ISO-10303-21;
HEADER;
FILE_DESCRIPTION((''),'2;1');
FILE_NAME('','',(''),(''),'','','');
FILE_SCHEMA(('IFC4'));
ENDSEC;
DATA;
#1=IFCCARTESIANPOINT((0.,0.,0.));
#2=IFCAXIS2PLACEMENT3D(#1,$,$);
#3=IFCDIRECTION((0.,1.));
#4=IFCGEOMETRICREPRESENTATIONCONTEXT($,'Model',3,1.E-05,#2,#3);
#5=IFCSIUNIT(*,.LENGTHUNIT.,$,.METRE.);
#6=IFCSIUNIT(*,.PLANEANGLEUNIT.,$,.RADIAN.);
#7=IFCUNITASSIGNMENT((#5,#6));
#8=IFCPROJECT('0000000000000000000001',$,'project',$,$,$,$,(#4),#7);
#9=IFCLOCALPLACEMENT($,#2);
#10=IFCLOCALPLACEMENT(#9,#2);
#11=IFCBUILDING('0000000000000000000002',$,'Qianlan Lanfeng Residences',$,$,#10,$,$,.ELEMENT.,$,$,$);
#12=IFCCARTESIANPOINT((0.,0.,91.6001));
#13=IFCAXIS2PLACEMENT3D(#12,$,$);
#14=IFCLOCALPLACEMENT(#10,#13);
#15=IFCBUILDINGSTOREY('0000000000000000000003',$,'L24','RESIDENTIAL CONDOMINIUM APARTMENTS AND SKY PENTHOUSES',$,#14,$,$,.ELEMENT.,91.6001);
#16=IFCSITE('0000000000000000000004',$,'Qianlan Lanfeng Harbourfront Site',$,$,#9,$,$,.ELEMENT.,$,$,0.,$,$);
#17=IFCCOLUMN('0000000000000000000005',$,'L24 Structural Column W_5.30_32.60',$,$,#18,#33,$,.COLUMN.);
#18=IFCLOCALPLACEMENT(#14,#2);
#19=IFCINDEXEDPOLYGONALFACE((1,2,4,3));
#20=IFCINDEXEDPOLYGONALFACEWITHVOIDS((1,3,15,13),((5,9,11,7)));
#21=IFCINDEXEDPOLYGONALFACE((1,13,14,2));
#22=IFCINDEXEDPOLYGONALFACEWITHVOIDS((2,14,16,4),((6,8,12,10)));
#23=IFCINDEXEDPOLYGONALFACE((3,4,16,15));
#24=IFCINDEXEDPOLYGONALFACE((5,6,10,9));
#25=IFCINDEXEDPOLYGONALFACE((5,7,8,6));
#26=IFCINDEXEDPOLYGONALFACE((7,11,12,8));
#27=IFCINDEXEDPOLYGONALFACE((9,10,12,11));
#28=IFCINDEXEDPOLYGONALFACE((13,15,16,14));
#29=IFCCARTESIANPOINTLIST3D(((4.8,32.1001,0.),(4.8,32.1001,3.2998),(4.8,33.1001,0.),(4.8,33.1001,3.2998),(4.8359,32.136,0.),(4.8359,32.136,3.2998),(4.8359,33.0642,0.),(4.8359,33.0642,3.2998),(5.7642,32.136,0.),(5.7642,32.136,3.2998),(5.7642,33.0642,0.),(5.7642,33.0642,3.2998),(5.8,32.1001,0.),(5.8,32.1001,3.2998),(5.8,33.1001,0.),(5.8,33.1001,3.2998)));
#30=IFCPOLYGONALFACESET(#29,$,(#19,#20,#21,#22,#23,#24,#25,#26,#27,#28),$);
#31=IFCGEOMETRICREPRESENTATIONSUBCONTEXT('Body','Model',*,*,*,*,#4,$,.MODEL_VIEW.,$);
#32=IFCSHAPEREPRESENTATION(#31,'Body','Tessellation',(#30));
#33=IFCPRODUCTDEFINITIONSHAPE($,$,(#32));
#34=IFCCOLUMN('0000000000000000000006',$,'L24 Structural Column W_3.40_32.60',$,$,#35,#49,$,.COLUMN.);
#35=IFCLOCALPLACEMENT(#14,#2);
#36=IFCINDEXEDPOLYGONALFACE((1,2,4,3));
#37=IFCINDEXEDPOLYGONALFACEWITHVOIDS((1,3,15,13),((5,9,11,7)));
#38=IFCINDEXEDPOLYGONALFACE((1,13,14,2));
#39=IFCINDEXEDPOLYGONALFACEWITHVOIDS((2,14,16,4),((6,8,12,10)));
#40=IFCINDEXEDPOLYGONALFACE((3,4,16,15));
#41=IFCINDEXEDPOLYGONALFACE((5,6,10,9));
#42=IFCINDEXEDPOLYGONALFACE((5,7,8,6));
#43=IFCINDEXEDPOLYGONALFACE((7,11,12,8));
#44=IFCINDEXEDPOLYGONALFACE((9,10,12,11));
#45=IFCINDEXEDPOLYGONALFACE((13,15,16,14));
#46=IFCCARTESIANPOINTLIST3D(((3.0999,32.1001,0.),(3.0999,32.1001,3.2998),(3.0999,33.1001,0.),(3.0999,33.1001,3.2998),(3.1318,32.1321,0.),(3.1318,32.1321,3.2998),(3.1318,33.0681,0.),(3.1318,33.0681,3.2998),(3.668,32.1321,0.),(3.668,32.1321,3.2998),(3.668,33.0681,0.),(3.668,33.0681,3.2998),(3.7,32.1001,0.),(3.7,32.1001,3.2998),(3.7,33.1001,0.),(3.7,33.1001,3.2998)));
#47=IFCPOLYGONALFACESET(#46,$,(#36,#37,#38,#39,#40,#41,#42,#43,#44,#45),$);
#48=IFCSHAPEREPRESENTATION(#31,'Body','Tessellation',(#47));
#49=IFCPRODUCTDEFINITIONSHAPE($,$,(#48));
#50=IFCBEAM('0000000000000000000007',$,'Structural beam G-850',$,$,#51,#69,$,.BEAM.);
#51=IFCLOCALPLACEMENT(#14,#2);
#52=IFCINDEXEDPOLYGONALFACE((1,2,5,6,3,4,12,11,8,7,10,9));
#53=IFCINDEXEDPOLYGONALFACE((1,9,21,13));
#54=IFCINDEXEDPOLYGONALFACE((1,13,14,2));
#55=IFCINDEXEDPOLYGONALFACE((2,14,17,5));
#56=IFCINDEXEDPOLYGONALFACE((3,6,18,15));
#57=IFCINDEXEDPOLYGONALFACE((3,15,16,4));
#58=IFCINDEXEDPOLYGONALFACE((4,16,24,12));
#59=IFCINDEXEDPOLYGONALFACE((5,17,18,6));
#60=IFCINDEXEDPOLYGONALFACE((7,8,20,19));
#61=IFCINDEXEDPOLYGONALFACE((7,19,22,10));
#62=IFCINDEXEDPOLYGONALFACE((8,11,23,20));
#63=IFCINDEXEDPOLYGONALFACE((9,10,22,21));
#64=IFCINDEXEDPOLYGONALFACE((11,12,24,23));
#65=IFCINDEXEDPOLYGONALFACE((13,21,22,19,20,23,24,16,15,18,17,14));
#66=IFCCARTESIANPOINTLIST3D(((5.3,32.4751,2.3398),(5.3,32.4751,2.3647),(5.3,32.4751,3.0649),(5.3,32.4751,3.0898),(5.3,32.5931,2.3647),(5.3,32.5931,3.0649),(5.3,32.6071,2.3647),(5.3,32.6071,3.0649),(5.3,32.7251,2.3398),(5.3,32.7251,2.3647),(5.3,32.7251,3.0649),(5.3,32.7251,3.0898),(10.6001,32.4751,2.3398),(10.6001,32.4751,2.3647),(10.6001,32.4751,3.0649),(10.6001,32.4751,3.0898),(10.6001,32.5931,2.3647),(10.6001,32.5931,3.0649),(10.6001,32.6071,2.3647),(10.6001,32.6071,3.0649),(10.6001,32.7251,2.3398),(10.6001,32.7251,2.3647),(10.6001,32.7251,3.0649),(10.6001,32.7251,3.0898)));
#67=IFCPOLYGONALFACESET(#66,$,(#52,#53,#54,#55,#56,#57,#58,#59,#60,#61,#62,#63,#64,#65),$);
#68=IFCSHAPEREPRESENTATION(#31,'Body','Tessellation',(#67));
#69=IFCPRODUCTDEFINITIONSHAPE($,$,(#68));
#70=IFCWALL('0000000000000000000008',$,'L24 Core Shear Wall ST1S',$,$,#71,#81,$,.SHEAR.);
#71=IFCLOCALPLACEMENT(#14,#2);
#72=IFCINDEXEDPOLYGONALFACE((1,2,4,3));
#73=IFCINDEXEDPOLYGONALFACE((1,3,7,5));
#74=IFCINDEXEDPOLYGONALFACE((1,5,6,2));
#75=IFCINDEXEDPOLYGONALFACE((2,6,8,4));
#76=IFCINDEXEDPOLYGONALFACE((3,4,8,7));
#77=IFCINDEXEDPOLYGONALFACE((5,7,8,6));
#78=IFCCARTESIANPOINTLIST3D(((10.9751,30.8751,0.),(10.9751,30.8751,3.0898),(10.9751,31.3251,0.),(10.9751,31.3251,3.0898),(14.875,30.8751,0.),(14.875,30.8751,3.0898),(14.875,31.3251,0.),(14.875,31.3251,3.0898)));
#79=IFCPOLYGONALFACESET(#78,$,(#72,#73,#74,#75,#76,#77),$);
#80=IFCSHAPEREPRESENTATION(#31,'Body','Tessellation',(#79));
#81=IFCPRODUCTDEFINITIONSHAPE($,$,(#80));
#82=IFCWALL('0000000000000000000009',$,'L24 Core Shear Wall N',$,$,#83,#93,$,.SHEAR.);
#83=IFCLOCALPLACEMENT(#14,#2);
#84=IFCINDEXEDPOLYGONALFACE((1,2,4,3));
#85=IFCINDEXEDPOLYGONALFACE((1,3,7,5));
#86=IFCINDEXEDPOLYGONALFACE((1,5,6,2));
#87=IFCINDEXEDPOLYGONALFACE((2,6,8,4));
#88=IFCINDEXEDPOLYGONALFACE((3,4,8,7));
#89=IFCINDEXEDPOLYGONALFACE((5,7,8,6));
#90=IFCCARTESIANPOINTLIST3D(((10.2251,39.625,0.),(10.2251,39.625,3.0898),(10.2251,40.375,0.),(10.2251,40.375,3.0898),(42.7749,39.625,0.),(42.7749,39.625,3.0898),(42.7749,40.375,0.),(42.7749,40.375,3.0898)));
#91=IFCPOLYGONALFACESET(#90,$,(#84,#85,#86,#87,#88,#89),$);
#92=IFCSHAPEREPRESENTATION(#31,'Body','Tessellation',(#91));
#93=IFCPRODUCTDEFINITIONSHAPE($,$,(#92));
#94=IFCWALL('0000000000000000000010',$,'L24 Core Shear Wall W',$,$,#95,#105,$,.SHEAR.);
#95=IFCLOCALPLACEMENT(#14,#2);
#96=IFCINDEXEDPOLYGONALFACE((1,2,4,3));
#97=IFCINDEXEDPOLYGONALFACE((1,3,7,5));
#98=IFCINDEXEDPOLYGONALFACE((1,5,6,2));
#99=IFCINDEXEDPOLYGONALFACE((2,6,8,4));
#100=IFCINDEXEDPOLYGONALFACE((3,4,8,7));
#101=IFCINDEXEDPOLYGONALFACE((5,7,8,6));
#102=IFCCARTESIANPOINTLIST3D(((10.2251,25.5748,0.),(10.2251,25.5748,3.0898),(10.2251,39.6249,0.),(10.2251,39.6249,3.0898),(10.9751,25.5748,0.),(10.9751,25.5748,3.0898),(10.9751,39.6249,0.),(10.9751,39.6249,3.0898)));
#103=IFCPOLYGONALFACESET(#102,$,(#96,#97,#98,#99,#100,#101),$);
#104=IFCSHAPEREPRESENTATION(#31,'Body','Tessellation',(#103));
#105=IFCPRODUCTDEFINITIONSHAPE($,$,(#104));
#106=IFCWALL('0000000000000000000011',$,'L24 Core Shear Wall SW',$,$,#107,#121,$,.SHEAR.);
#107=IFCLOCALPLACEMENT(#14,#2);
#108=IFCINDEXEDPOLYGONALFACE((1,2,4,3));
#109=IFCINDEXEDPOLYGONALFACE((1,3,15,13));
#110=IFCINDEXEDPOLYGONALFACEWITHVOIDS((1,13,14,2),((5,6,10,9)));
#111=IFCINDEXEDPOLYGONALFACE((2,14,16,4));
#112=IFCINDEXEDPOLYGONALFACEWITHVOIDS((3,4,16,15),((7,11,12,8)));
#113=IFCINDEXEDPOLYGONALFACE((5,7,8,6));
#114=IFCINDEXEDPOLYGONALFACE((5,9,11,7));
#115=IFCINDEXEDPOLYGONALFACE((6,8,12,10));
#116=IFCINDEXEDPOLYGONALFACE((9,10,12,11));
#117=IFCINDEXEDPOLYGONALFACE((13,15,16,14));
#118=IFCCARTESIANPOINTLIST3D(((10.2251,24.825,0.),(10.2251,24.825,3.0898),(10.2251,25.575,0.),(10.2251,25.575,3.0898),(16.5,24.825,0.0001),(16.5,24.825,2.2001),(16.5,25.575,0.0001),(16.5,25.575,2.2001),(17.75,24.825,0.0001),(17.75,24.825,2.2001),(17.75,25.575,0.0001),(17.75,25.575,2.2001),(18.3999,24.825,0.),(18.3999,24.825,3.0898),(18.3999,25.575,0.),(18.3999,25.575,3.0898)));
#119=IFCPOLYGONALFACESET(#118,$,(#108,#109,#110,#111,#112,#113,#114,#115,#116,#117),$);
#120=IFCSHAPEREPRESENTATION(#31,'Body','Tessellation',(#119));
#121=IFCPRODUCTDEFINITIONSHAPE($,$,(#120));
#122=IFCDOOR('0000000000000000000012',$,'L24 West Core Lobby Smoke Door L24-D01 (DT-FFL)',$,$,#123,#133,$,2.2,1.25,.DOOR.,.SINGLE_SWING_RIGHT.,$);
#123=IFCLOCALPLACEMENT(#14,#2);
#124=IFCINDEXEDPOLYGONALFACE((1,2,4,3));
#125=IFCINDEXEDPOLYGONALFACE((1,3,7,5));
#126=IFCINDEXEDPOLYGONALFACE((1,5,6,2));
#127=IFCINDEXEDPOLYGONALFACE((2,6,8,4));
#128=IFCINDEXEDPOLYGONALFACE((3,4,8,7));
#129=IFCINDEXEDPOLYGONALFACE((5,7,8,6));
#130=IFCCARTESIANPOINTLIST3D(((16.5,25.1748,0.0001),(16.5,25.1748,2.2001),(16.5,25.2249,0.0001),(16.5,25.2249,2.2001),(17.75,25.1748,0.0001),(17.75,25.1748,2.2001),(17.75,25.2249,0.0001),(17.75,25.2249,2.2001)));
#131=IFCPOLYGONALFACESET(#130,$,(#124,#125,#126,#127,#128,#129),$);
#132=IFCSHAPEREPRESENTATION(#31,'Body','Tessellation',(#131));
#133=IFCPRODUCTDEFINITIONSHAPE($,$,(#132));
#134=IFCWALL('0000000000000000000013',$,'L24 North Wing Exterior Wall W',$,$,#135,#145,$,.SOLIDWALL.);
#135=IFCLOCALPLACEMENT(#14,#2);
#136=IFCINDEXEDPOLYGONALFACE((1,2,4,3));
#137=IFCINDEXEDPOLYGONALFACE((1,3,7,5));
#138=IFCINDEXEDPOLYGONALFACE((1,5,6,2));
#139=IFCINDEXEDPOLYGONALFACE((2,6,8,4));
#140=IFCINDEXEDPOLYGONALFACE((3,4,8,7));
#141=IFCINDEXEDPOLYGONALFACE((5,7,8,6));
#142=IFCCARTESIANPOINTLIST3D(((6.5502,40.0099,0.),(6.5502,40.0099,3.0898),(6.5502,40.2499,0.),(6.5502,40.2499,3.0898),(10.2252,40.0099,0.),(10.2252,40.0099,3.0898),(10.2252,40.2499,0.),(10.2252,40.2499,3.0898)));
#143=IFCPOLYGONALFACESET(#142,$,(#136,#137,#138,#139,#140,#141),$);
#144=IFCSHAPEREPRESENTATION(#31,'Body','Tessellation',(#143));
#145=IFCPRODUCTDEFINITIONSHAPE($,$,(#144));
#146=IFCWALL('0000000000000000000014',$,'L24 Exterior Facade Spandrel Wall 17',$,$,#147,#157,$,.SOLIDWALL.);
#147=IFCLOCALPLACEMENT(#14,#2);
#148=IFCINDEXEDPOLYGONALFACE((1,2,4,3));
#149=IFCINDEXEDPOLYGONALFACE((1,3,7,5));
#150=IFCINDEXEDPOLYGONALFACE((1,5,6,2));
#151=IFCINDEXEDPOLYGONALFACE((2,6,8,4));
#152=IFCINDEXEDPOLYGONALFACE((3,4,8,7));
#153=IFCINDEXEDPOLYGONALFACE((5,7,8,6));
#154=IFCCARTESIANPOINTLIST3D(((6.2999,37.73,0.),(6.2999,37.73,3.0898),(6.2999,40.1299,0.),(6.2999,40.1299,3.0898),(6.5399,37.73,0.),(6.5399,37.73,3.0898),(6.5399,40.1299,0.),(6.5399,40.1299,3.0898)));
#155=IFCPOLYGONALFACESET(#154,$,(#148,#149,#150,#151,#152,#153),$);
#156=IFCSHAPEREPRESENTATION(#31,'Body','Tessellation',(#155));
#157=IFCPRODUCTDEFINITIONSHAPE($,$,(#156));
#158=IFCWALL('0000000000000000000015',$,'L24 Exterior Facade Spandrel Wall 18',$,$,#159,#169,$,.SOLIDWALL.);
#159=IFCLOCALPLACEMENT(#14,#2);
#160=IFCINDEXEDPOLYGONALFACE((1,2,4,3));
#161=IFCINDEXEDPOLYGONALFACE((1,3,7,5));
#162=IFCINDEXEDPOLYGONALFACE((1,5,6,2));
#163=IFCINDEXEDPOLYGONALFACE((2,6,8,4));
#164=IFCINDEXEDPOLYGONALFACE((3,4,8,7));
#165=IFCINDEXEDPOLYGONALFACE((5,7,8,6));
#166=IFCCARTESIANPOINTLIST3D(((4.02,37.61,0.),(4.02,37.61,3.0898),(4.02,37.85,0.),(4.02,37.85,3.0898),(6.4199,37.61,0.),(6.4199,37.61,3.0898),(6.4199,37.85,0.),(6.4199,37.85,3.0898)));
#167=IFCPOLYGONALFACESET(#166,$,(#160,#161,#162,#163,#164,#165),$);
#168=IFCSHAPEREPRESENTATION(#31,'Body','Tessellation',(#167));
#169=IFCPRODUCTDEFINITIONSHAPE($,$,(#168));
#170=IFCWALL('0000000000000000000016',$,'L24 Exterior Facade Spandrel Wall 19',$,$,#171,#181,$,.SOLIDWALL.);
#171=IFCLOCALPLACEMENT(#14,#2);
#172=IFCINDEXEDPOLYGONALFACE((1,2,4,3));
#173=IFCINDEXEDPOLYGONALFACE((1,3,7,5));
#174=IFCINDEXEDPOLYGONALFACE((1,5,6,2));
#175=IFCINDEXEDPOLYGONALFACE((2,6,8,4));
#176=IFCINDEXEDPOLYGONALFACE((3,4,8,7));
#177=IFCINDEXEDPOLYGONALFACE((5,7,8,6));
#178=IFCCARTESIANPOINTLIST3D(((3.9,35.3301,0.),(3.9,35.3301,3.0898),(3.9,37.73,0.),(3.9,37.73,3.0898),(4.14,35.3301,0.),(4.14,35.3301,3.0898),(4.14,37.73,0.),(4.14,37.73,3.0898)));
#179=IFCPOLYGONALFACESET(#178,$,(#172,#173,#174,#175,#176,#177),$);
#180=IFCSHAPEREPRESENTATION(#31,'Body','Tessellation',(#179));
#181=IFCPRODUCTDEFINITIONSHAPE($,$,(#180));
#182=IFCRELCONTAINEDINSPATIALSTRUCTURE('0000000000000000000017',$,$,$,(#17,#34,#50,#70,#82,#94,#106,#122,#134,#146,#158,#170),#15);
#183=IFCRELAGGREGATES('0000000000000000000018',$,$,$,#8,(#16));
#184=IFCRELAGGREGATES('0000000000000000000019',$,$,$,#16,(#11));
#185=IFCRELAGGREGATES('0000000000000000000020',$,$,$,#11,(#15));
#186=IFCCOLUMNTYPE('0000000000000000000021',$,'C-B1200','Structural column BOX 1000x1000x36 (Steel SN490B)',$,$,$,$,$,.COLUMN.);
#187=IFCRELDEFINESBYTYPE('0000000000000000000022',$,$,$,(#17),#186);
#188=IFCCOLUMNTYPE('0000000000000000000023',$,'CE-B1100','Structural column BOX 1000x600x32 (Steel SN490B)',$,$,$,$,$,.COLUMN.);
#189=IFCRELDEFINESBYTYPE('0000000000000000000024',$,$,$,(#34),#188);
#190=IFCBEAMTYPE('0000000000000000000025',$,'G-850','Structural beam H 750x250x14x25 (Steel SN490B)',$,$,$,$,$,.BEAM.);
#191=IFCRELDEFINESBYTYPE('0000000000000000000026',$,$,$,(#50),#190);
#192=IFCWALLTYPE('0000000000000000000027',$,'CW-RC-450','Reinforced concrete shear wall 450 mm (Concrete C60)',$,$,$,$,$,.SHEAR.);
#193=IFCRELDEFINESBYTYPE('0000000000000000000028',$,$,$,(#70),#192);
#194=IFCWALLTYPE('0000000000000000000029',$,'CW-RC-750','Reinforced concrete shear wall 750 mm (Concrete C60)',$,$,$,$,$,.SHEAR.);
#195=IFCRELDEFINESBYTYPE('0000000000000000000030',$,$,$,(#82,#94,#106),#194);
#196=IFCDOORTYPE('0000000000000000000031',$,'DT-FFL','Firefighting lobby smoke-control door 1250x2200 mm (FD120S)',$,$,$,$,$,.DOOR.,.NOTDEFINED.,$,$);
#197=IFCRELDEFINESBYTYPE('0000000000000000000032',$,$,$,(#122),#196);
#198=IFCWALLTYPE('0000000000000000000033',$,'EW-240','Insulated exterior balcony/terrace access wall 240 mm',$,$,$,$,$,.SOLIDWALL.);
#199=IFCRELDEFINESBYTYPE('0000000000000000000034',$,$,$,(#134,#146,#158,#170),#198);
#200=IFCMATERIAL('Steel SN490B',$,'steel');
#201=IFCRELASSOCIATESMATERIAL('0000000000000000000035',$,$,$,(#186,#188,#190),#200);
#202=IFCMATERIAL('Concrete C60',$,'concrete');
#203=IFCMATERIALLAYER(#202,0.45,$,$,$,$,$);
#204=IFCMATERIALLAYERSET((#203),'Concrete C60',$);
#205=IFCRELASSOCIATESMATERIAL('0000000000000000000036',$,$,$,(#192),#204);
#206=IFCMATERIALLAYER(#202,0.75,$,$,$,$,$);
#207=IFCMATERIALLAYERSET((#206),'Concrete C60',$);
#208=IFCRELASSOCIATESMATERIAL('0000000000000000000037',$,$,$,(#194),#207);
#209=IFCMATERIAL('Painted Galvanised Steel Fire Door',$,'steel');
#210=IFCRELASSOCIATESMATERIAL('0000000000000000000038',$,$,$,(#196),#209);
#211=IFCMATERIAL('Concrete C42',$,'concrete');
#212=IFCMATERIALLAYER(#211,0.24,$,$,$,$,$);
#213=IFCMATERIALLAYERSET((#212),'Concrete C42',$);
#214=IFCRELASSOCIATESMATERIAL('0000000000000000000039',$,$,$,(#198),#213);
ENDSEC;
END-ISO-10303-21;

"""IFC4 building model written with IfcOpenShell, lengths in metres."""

from ifc_helpers import new_model, si_unit, direction, frame, frame_2d, origin, origin_2d, place, context, subcontext, project, spatial, rectangle, hollow_rectangle, i_section, extrude, material, layer, layer_set, material_profile, profile_set, type_object, element, fill, save


model = new_model("IFC4")

# Units and contexts
model_context = context("Model", 3, precision=1e-05, world=origin(), true_north=direction((0.0, 1.0)))
body_context = subcontext(model_context, "Body", "Model", "MODEL_VIEW")
ifc_project = project(units=[si_unit("LENGTHUNIT", "METRE"), si_unit("PLANEANGLEUNIT", "RADIAN")], contexts=[model_context])

# Site, building, storey
site_placement = place(None, origin())
site = spatial("IfcSite", under=ifc_project, at=site_placement, Name="Qianlan Lanfeng Harbourfront Site", CompositionType="ELEMENT", RefElevation=0.0)
building_placement = place(site_placement, origin())
building = spatial("IfcBuilding", under=site, at=building_placement, Name="Qianlan Lanfeng Residences", CompositionType="ELEMENT")
storey_placement = place(building_placement, frame((0.0, 0.0, 91.6001)))
storey = spatial("IfcBuildingStorey", under=building, at=storey_placement, Name="L24", Description="RESIDENTIAL CONDOMINIUM APARTMENTS AND SKY PENTHOUSES", CompositionType="ELEMENT", Elevation=91.6001)

# Columns
ifc_material_1 = material(Name="Steel SN490B", Category="steel")
ifc_material_profile_1 = material_profile(ifc_material_1, hollow_rectangle(XDim=1.0, YDim=1.0, WallThickness=0.0359, at=origin_2d()), Name="BOX 1000x1000x36")
ifc_profile_set_1 = profile_set([ifc_material_profile_1], Name="Steel SN490B")
column_type_1 = type_object("IfcColumnType", Name="C-B1200", Description="Structural column BOX 1000x1000x36 (Steel SN490B)", PredefinedType="COLUMN", material=ifc_profile_set_1)
column_1_placement = place(storey_placement, frame((5.3, 32.6001, 0.0), z_axis=(0.0, 0.0, 1.0), x_axis=(1.0, 0.0, 0.0)))
element("IfcColumn", 1, at=column_1_placement, inside=storey, type_object=column_type_1, Name="L24 Structural Column W_5.30_32.60", PredefinedType="COLUMN", context=body_context, shape_type="SweptSolid", body=[
    extrude(hollow_rectangle(XDim=1.0, YDim=1.0, WallThickness=0.0359, at=origin_2d()), origin(), (0.0, 0.0, 1.0), 3.2998),
])
ifc_material_profile_2 = material_profile(ifc_material_1, hollow_rectangle(XDim=0.6001, YDim=1.0, WallThickness=0.032, at=origin_2d()), Name="BOX 1000x600x32")
ifc_profile_set_2 = profile_set([ifc_material_profile_2], Name="Steel SN490B")
column_type_2 = type_object("IfcColumnType", Name="CE-B1100", Description="Structural column BOX 1000x600x32 (Steel SN490B)", PredefinedType="COLUMN", material=ifc_profile_set_2)
column_2_placement = place(storey_placement, frame((3.3999, 32.6001, 0.0), z_axis=(0.0, 0.0, 1.0), x_axis=(1.0, 0.0, 0.0)))
element("IfcColumn", 2, at=column_2_placement, inside=storey, type_object=column_type_2, Name="L24 Structural Column W_3.40_32.60", PredefinedType="COLUMN", context=body_context, shape_type="SweptSolid", body=[
    extrude(hollow_rectangle(XDim=0.6001, YDim=1.0, WallThickness=0.032, at=origin_2d()), origin(), (0.0, 0.0, 1.0), 3.2998),
])

# Beam
ifc_material_profile_3 = material_profile(ifc_material_1, i_section(OverallWidth=0.25, OverallDepth=0.75, WebThickness=0.0139, FlangeThickness=0.0249, at=origin_2d()), Name="H 750x250x14x25")
ifc_profile_set_3 = profile_set([ifc_material_profile_3], Name="Steel SN490B")
beam_type = type_object("IfcBeamType", Name="G-850", Description="Structural beam H 750x250x14x25 (Steel SN490B)", PredefinedType="BEAM", material=ifc_profile_set_3)
beam_placement = place(storey_placement, frame((5.3, 32.6001, 2.7148), z_axis=(1.0, 0.0, 0.0), x_axis=(0.0, 1.0, 0.0)))
element("IfcBeam", 3, at=beam_placement, inside=storey, type_object=beam_type, Name="Structural beam G-850", PredefinedType="BEAM", context=body_context, shape_type="SweptSolid", body=[
    extrude(i_section(OverallWidth=0.25, OverallDepth=0.75, WebThickness=0.0139, FlangeThickness=0.0249, at=origin_2d()), origin(), (0.0, 0.0, 1.0), 5.3),
])

# Walls
ifc_material_2 = material(Name="Concrete C60", Category="concrete")
ifc_layer_1 = layer(ifc_material_2, 0.45)
ifc_layer_set_1 = layer_set([ifc_layer_1], Name="Concrete C60")
wall_type_1 = type_object("IfcWallType", Name="CW-RC-450", Description="Reinforced concrete shear wall 450 mm (Concrete C60)", PredefinedType="SHEAR", material=ifc_layer_set_1)
wall_1_placement = place(storey_placement, frame((10.9751, 31.1001, 0.0), z_axis=(0.0, 0.0, 1.0), x_axis=(1.0, 0.0, 0.0)))
element("IfcWall", 4, at=wall_1_placement, inside=storey, type_object=wall_type_1, Name="L24 Core Shear Wall ST1S", PredefinedType="SHEAR", context=body_context, shape_type="SweptSolid", body=[
    extrude(rectangle(XDim=3.8999, YDim=0.45, at=frame_2d((1.95, 0.0))), origin(), (0.0, 0.0, 1.0), 3.0898),
])
ifc_layer_2 = layer(ifc_material_2, 0.75)
ifc_layer_set_2 = layer_set([ifc_layer_2], Name="Concrete C60")
wall_type_2 = type_object("IfcWallType", Name="CW-RC-750", Description="Reinforced concrete shear wall 750 mm (Concrete C60)", PredefinedType="SHEAR", material=ifc_layer_set_2)
wall_2_placement = place(storey_placement, frame((10.2251, 40.0, 0.0), z_axis=(0.0, 0.0, 1.0), x_axis=(1.0, 0.0, 0.0)))
element("IfcWall", 5, at=wall_2_placement, inside=storey, type_object=wall_type_2, Name="L24 Core Shear Wall N", PredefinedType="SHEAR", context=body_context, shape_type="SweptSolid", body=[
    extrude(rectangle(XDim=32.5498, YDim=0.75, at=frame_2d((16.2749, 0.0))), origin(), (0.0, 0.0, 1.0), 3.0898),
])
wall_3_placement = place(storey_placement, frame((10.6001, 25.575, 0.0), z_axis=(0.0, 0.0, 1.0), x_axis=(0.0, 1.0, 0.0)))
element("IfcWall", 6, at=wall_3_placement, inside=storey, type_object=wall_type_2, Name="L24 Core Shear Wall W", PredefinedType="SHEAR", context=body_context, shape_type="SweptSolid", body=[
    extrude(rectangle(XDim=14.05, YDim=0.75, at=frame_2d((7.0249, 0.0))), origin(), (0.0, 0.0, 1.0), 3.0898),
])

# Wall, opening, door
wall_4_placement = place(storey_placement, frame((10.2251, 25.2, 0.0), z_axis=(0.0, 0.0, 1.0), x_axis=(1.0, 0.0, 0.0)))
wall_4 = element("IfcWall", 7, at=wall_4_placement, inside=storey, type_object=wall_type_2, Name="L24 Core Shear Wall SW", PredefinedType="SHEAR", context=body_context, shape_type="SweptSolid", body=[
    extrude(rectangle(XDim=8.1748, YDim=0.75, at=frame_2d((4.0874, 0.0))), origin(), (0.0, 0.0, 1.0), 3.0898),
])
opening_1_placement = place(wall_4_placement, frame((6.2749, 0.0, 0.0)))
opening_1 = element("IfcOpeningElement", 8, at=opening_1_placement, cuts=wall_4, PredefinedType="OPENING", context=body_context, shape_type="SweptSolid", body=[
    extrude(rectangle(XDim=1.25, YDim=2.2, at=frame_2d((0.625, 1.1001))), frame((0.0, 0.385, 0.0), z_axis=(0.0, -1.0, 0.0), x_axis=(1.0, 0.0, 0.0)), (0.0, 0.0, 1.0), 0.77),
])
ifc_material_3 = material(Name="Painted Galvanised Steel Fire Door", Category="steel")
door_type_1 = type_object("IfcDoorType", Name="DT-FFL", Description="Firefighting lobby smoke-control door 1250x2200 mm (FD120S)", OperationType="NOTDEFINED", PredefinedType="DOOR", material=ifc_material_3)
door_1_placement = place(opening_1_placement, origin())
door_1 = element("IfcDoor", 9, at=door_1_placement, inside=storey, type_object=door_type_1, Name="L24 West Core Lobby Smoke Door L24-D01 (DT-FFL)", OperationType="SINGLE_SWING_RIGHT", OverallHeight=2.2, OverallWidth=1.25, PredefinedType="DOOR", context=body_context, shape_type="SweptSolid", body=[
    extrude(rectangle(XDim=1.25, YDim=2.2, at=frame_2d((0.625, 1.1001))), frame((0.0, 0.0249, 0.0), z_axis=(0.0, -1.0, 0.0), x_axis=(1.0, 0.0, 0.0)), (0.0, 0.0, 1.0), 0.05),
])
fill(opening_1, door_1)

# Walls
ifc_material_4 = material(Name="Concrete C42", Category="concrete")
ifc_layer_3 = layer(ifc_material_4, 0.24)
ifc_layer_set_3 = layer_set([ifc_layer_3], Name="Concrete C42")
wall_type_3 = type_object("IfcWallType", Name="EW-240", Description="Insulated exterior balcony/terrace access wall 240 mm", PredefinedType="SOLIDWALL", material=ifc_layer_set_3)
wall_5_placement = place(storey_placement, frame((10.2251, 40.1299, 0.0), z_axis=(0.0, 0.0, 1.0), x_axis=(-1.0, 0.0, 0.0)))
element("IfcWall", 10, at=wall_5_placement, inside=storey, type_object=wall_type_3, Name="L24 North Wing Exterior Wall W", PredefinedType="SOLIDWALL", context=body_context, shape_type="SweptSolid", body=[
    extrude(rectangle(XDim=3.675, YDim=0.24, at=frame_2d((1.8374, 0.0))), origin(), (0.0, 0.0, 1.0), 3.0898),
])
for number, where, z_axis, x_axis, name in (
    (11, (6.4199, 40.1299, 0.0), (0.0, 0.0, 1.0), (0.0, -1.0, 0.0), "L24 Exterior Facade Spandrel Wall 17"),
    (12, (6.4199, 37.73, 0.0), (0.0, 0.0, 1.0), (-1.0, 0.0, 0.0), "L24 Exterior Facade Spandrel Wall 18"),
    (13, (4.02, 37.73, 0.0), (0.0, 0.0, 1.0), (0.0, -1.0, 0.0), "L24 Exterior Facade Spandrel Wall 19"),
):
    element("IfcWall", number, at=place(storey_placement, frame(where, z_axis=z_axis, x_axis=x_axis)), inside=storey, type_object=wall_type_3, Name=name, PredefinedType="SOLIDWALL", context=body_context, shape_type="SweptSolid", body=[
        extrude(rectangle(XDim=2.3999, YDim=0.24, at=frame_2d((1.2, 0.0))), origin(), (0.0, 0.0, 1.0), 3.0898),
    ])

save(model, "model.ifc")
